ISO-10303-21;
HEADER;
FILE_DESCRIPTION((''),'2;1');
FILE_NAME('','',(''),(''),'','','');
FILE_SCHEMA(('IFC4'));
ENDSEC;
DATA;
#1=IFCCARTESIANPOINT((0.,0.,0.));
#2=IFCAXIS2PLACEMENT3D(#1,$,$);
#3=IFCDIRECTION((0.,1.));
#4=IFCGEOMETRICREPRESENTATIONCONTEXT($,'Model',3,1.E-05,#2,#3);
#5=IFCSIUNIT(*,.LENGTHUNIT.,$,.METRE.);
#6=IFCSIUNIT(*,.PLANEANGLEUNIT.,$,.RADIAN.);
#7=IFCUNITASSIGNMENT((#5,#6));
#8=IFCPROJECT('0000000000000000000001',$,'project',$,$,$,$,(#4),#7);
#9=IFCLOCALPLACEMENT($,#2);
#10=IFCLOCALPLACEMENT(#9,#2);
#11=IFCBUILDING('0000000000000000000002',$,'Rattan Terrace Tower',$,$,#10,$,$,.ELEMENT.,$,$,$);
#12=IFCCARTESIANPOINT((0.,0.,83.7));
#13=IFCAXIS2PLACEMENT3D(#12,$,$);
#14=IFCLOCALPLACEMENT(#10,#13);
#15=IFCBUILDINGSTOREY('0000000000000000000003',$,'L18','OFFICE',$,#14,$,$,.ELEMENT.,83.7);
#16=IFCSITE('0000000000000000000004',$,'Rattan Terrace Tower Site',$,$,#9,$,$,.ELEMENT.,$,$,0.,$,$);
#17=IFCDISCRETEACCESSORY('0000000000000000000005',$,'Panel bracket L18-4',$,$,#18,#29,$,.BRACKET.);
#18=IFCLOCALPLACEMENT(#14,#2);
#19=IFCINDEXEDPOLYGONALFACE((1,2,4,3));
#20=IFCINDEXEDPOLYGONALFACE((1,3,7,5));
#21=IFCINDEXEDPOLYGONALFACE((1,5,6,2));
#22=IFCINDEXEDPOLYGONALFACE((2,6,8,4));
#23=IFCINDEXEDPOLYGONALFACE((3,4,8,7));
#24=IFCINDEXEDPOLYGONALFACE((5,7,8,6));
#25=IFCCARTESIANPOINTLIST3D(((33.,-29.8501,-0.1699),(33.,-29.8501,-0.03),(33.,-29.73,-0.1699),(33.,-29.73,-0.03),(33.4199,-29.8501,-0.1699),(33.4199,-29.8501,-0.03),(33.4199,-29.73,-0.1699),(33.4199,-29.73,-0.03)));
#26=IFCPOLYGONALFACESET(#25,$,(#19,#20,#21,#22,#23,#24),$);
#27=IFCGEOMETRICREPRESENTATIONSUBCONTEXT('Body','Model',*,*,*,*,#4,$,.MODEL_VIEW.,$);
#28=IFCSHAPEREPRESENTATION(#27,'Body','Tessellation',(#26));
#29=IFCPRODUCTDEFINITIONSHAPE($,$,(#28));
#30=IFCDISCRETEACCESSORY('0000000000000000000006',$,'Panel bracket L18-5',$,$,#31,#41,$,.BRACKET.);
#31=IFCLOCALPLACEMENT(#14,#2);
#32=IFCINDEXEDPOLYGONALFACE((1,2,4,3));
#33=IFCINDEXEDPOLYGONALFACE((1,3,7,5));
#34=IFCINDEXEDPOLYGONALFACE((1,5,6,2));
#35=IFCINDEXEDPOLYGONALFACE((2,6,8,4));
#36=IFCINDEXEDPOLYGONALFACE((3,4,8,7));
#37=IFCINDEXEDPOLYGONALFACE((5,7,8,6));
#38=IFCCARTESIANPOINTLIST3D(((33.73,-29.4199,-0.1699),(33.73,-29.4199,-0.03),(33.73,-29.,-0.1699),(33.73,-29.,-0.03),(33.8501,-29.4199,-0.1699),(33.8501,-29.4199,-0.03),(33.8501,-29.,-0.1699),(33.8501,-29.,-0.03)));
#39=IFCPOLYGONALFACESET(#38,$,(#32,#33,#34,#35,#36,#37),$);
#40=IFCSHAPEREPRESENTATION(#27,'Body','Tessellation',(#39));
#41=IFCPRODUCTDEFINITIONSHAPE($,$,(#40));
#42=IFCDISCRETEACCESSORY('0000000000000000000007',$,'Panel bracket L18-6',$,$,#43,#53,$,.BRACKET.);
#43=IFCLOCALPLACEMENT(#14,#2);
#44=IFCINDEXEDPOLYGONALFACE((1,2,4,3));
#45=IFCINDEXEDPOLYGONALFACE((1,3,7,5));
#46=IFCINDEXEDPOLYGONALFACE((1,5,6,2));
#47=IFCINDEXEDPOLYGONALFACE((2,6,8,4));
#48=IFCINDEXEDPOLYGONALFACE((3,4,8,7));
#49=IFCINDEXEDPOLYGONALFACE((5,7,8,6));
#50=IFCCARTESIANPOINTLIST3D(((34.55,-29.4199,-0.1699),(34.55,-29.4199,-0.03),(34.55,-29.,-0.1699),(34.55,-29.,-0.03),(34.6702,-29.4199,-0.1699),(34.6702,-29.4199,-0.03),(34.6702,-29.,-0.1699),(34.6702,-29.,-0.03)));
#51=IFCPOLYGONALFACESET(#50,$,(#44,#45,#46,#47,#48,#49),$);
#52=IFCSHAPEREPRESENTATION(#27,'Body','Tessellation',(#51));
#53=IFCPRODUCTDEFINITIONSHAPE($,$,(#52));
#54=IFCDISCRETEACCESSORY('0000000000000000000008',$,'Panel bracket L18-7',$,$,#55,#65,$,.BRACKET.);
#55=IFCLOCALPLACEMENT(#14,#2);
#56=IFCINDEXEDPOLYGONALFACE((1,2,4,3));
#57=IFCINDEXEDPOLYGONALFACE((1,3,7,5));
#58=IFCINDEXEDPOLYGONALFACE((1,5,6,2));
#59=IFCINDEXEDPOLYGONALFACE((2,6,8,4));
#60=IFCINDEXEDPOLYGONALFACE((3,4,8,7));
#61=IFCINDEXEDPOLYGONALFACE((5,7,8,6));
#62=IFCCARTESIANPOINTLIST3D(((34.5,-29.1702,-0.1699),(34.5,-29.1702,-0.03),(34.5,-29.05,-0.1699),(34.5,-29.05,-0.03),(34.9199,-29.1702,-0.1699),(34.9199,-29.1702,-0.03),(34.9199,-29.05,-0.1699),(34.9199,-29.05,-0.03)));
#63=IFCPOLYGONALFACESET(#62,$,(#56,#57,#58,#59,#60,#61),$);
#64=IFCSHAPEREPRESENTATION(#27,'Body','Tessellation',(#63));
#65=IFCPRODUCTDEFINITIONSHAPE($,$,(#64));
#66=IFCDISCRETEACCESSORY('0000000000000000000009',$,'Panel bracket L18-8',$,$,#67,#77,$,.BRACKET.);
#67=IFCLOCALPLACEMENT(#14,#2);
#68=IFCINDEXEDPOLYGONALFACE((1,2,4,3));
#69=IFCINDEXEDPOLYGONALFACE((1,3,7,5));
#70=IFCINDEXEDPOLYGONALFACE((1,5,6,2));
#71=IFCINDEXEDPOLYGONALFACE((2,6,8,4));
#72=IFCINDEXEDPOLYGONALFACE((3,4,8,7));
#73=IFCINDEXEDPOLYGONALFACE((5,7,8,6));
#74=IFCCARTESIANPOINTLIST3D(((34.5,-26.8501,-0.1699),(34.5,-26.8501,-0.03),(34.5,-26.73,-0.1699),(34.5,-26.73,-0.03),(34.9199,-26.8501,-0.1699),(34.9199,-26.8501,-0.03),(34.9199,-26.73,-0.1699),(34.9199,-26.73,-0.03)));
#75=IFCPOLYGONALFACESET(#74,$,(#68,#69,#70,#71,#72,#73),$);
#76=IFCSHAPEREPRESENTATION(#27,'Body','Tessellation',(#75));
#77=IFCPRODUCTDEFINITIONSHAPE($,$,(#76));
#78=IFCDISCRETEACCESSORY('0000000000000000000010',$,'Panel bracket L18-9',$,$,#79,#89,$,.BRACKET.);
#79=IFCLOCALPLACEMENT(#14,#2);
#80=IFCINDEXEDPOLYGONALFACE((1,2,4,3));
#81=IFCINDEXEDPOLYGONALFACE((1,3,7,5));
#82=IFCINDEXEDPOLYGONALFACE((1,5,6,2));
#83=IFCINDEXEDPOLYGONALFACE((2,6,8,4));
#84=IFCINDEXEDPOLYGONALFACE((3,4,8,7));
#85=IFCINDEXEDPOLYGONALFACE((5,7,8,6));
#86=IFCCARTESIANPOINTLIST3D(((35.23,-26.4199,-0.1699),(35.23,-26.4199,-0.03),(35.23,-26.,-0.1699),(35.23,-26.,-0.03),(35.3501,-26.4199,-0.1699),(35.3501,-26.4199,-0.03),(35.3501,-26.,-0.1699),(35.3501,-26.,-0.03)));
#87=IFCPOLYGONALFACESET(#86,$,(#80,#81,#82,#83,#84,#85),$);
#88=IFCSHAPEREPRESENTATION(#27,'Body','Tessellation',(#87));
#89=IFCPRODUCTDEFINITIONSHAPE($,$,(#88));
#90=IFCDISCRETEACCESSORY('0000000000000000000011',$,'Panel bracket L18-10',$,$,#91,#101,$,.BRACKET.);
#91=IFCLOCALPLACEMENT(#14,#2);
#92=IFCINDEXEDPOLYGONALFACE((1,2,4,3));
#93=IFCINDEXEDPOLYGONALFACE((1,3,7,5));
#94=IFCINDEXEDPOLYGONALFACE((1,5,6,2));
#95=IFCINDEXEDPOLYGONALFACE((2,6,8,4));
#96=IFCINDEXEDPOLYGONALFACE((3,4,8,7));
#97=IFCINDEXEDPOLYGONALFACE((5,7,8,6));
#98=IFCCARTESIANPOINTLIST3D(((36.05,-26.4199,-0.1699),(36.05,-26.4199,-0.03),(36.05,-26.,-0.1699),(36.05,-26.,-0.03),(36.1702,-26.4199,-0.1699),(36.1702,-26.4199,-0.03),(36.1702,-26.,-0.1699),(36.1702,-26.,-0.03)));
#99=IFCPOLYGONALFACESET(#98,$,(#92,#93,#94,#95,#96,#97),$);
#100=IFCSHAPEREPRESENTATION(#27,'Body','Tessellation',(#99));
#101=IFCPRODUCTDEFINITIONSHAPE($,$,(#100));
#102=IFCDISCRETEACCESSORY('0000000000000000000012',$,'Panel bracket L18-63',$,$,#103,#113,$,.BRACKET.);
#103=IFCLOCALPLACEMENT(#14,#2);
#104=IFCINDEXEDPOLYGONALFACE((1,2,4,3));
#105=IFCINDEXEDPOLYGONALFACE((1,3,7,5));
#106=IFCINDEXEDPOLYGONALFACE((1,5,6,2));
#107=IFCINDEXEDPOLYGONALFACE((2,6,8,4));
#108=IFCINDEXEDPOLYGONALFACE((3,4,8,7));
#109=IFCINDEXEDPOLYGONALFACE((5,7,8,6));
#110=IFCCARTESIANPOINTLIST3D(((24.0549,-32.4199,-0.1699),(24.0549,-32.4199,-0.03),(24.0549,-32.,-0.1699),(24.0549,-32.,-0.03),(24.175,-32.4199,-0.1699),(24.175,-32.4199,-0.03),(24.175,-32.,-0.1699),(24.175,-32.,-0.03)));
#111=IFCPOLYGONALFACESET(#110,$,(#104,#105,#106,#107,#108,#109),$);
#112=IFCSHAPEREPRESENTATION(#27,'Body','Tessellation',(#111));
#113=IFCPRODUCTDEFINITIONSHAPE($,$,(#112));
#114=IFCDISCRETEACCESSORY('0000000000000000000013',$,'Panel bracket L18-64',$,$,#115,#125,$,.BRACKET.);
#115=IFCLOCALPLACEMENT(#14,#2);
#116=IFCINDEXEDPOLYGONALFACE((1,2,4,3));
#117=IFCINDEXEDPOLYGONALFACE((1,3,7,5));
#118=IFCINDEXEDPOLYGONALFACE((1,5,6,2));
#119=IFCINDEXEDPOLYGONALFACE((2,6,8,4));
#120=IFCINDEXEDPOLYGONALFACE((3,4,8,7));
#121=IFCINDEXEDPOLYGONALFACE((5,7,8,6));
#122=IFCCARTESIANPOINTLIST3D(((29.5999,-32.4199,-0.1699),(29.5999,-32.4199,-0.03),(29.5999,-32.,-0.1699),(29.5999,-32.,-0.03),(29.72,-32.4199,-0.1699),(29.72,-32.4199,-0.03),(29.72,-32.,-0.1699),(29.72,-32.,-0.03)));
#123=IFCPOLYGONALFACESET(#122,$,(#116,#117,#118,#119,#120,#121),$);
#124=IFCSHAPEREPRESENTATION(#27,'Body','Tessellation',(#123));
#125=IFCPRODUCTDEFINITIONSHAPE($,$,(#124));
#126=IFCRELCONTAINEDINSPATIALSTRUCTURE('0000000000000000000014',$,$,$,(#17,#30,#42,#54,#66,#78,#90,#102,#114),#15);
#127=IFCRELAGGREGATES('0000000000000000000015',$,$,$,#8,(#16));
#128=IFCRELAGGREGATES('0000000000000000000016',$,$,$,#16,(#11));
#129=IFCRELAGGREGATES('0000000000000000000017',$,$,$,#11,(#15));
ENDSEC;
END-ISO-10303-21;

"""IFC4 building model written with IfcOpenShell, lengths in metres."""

from ifc_helpers import new_model, si_unit, direction, frame, origin, origin_2d, place, context, subcontext, project, spatial, rectangle, extrude, element, save


model = new_model("IFC4")

# Units and contexts
model_context = context("Model", 3, precision=1e-05, world=origin(), true_north=direction((0.0, 1.0)))
body_context = subcontext(model_context, "Body", "Model", "MODEL_VIEW")
ifc_project = project(units=[si_unit("LENGTHUNIT", "METRE"), si_unit("PLANEANGLEUNIT", "RADIAN")], contexts=[model_context])

# Site, building, storey
site_placement = place(None, origin())
site = spatial("IfcSite", under=ifc_project, at=site_placement, Name="Rattan Terrace Tower Site", CompositionType="ELEMENT", RefElevation=0.0)
building_placement = place(site_placement, origin())
building = spatial("IfcBuilding", under=site, at=building_placement, Name="Rattan Terrace Tower", CompositionType="ELEMENT")
storey_placement = place(building_placement, frame((0.0, 0.0, 83.7)))
storey = spatial("IfcBuildingStorey", under=building, at=storey_placement, Name="L18", Description="OFFICE", CompositionType="ELEMENT", Elevation=83.7)

# Discrete accessories
for number, where, z_axis, x_axis, name in (
    (1, (33.21, -29.79, -0.1699), (0.0, 0.0, 1.0), (0.0, 1.0, 0.0), "Panel bracket L18-4"),
    (2, (33.79, -29.21, -0.1699), (0.0, 0.0, 1.0), (1.0, 0.0, 0.0), "Panel bracket L18-5"),
    (3, (34.6101, -29.21, -0.1699), (0.0, 0.0, 1.0), (1.0, 0.0, 0.0), "Panel bracket L18-6"),
    (4, (34.71, -29.1101, -0.1699), (0.0, 0.0, 1.0), (0.0, 1.0, 0.0), "Panel bracket L18-7"),
    (5, (34.71, -26.79, -0.1699), (0.0, 0.0, 1.0), (0.0, 1.0, 0.0), "Panel bracket L18-8"),
    (6, (35.29, -26.21, -0.1699), (0.0, 0.0, 1.0), (1.0, 0.0, 0.0), "Panel bracket L18-9"),
    (7, (36.1101, -26.21, -0.1699), (0.0, 0.0, 1.0), (1.0, 0.0, 0.0), "Panel bracket L18-10"),
    (8, (24.115, -32.21, -0.1699), (0.0, 0.0, 1.0), (1.0, 0.0, 0.0), "Panel bracket L18-63"),
    (9, (29.6599, -32.21, -0.1699), (0.0, 0.0, 1.0), (1.0, 0.0, 0.0), "Panel bracket L18-64"),
):
    element("IfcDiscreteAccessory", number, at=place(storey_placement, frame(where, z_axis=z_axis, x_axis=x_axis)), inside=storey, Name=name, PredefinedType="BRACKET", context=body_context, shape_type="SweptSolid", body=[
        extrude(rectangle(XDim=0.1201, YDim=0.4199, at=origin_2d()), origin(), (0.0, 0.0, 1.0), 0.1399),
    ])

save(model, "model.ifc")
